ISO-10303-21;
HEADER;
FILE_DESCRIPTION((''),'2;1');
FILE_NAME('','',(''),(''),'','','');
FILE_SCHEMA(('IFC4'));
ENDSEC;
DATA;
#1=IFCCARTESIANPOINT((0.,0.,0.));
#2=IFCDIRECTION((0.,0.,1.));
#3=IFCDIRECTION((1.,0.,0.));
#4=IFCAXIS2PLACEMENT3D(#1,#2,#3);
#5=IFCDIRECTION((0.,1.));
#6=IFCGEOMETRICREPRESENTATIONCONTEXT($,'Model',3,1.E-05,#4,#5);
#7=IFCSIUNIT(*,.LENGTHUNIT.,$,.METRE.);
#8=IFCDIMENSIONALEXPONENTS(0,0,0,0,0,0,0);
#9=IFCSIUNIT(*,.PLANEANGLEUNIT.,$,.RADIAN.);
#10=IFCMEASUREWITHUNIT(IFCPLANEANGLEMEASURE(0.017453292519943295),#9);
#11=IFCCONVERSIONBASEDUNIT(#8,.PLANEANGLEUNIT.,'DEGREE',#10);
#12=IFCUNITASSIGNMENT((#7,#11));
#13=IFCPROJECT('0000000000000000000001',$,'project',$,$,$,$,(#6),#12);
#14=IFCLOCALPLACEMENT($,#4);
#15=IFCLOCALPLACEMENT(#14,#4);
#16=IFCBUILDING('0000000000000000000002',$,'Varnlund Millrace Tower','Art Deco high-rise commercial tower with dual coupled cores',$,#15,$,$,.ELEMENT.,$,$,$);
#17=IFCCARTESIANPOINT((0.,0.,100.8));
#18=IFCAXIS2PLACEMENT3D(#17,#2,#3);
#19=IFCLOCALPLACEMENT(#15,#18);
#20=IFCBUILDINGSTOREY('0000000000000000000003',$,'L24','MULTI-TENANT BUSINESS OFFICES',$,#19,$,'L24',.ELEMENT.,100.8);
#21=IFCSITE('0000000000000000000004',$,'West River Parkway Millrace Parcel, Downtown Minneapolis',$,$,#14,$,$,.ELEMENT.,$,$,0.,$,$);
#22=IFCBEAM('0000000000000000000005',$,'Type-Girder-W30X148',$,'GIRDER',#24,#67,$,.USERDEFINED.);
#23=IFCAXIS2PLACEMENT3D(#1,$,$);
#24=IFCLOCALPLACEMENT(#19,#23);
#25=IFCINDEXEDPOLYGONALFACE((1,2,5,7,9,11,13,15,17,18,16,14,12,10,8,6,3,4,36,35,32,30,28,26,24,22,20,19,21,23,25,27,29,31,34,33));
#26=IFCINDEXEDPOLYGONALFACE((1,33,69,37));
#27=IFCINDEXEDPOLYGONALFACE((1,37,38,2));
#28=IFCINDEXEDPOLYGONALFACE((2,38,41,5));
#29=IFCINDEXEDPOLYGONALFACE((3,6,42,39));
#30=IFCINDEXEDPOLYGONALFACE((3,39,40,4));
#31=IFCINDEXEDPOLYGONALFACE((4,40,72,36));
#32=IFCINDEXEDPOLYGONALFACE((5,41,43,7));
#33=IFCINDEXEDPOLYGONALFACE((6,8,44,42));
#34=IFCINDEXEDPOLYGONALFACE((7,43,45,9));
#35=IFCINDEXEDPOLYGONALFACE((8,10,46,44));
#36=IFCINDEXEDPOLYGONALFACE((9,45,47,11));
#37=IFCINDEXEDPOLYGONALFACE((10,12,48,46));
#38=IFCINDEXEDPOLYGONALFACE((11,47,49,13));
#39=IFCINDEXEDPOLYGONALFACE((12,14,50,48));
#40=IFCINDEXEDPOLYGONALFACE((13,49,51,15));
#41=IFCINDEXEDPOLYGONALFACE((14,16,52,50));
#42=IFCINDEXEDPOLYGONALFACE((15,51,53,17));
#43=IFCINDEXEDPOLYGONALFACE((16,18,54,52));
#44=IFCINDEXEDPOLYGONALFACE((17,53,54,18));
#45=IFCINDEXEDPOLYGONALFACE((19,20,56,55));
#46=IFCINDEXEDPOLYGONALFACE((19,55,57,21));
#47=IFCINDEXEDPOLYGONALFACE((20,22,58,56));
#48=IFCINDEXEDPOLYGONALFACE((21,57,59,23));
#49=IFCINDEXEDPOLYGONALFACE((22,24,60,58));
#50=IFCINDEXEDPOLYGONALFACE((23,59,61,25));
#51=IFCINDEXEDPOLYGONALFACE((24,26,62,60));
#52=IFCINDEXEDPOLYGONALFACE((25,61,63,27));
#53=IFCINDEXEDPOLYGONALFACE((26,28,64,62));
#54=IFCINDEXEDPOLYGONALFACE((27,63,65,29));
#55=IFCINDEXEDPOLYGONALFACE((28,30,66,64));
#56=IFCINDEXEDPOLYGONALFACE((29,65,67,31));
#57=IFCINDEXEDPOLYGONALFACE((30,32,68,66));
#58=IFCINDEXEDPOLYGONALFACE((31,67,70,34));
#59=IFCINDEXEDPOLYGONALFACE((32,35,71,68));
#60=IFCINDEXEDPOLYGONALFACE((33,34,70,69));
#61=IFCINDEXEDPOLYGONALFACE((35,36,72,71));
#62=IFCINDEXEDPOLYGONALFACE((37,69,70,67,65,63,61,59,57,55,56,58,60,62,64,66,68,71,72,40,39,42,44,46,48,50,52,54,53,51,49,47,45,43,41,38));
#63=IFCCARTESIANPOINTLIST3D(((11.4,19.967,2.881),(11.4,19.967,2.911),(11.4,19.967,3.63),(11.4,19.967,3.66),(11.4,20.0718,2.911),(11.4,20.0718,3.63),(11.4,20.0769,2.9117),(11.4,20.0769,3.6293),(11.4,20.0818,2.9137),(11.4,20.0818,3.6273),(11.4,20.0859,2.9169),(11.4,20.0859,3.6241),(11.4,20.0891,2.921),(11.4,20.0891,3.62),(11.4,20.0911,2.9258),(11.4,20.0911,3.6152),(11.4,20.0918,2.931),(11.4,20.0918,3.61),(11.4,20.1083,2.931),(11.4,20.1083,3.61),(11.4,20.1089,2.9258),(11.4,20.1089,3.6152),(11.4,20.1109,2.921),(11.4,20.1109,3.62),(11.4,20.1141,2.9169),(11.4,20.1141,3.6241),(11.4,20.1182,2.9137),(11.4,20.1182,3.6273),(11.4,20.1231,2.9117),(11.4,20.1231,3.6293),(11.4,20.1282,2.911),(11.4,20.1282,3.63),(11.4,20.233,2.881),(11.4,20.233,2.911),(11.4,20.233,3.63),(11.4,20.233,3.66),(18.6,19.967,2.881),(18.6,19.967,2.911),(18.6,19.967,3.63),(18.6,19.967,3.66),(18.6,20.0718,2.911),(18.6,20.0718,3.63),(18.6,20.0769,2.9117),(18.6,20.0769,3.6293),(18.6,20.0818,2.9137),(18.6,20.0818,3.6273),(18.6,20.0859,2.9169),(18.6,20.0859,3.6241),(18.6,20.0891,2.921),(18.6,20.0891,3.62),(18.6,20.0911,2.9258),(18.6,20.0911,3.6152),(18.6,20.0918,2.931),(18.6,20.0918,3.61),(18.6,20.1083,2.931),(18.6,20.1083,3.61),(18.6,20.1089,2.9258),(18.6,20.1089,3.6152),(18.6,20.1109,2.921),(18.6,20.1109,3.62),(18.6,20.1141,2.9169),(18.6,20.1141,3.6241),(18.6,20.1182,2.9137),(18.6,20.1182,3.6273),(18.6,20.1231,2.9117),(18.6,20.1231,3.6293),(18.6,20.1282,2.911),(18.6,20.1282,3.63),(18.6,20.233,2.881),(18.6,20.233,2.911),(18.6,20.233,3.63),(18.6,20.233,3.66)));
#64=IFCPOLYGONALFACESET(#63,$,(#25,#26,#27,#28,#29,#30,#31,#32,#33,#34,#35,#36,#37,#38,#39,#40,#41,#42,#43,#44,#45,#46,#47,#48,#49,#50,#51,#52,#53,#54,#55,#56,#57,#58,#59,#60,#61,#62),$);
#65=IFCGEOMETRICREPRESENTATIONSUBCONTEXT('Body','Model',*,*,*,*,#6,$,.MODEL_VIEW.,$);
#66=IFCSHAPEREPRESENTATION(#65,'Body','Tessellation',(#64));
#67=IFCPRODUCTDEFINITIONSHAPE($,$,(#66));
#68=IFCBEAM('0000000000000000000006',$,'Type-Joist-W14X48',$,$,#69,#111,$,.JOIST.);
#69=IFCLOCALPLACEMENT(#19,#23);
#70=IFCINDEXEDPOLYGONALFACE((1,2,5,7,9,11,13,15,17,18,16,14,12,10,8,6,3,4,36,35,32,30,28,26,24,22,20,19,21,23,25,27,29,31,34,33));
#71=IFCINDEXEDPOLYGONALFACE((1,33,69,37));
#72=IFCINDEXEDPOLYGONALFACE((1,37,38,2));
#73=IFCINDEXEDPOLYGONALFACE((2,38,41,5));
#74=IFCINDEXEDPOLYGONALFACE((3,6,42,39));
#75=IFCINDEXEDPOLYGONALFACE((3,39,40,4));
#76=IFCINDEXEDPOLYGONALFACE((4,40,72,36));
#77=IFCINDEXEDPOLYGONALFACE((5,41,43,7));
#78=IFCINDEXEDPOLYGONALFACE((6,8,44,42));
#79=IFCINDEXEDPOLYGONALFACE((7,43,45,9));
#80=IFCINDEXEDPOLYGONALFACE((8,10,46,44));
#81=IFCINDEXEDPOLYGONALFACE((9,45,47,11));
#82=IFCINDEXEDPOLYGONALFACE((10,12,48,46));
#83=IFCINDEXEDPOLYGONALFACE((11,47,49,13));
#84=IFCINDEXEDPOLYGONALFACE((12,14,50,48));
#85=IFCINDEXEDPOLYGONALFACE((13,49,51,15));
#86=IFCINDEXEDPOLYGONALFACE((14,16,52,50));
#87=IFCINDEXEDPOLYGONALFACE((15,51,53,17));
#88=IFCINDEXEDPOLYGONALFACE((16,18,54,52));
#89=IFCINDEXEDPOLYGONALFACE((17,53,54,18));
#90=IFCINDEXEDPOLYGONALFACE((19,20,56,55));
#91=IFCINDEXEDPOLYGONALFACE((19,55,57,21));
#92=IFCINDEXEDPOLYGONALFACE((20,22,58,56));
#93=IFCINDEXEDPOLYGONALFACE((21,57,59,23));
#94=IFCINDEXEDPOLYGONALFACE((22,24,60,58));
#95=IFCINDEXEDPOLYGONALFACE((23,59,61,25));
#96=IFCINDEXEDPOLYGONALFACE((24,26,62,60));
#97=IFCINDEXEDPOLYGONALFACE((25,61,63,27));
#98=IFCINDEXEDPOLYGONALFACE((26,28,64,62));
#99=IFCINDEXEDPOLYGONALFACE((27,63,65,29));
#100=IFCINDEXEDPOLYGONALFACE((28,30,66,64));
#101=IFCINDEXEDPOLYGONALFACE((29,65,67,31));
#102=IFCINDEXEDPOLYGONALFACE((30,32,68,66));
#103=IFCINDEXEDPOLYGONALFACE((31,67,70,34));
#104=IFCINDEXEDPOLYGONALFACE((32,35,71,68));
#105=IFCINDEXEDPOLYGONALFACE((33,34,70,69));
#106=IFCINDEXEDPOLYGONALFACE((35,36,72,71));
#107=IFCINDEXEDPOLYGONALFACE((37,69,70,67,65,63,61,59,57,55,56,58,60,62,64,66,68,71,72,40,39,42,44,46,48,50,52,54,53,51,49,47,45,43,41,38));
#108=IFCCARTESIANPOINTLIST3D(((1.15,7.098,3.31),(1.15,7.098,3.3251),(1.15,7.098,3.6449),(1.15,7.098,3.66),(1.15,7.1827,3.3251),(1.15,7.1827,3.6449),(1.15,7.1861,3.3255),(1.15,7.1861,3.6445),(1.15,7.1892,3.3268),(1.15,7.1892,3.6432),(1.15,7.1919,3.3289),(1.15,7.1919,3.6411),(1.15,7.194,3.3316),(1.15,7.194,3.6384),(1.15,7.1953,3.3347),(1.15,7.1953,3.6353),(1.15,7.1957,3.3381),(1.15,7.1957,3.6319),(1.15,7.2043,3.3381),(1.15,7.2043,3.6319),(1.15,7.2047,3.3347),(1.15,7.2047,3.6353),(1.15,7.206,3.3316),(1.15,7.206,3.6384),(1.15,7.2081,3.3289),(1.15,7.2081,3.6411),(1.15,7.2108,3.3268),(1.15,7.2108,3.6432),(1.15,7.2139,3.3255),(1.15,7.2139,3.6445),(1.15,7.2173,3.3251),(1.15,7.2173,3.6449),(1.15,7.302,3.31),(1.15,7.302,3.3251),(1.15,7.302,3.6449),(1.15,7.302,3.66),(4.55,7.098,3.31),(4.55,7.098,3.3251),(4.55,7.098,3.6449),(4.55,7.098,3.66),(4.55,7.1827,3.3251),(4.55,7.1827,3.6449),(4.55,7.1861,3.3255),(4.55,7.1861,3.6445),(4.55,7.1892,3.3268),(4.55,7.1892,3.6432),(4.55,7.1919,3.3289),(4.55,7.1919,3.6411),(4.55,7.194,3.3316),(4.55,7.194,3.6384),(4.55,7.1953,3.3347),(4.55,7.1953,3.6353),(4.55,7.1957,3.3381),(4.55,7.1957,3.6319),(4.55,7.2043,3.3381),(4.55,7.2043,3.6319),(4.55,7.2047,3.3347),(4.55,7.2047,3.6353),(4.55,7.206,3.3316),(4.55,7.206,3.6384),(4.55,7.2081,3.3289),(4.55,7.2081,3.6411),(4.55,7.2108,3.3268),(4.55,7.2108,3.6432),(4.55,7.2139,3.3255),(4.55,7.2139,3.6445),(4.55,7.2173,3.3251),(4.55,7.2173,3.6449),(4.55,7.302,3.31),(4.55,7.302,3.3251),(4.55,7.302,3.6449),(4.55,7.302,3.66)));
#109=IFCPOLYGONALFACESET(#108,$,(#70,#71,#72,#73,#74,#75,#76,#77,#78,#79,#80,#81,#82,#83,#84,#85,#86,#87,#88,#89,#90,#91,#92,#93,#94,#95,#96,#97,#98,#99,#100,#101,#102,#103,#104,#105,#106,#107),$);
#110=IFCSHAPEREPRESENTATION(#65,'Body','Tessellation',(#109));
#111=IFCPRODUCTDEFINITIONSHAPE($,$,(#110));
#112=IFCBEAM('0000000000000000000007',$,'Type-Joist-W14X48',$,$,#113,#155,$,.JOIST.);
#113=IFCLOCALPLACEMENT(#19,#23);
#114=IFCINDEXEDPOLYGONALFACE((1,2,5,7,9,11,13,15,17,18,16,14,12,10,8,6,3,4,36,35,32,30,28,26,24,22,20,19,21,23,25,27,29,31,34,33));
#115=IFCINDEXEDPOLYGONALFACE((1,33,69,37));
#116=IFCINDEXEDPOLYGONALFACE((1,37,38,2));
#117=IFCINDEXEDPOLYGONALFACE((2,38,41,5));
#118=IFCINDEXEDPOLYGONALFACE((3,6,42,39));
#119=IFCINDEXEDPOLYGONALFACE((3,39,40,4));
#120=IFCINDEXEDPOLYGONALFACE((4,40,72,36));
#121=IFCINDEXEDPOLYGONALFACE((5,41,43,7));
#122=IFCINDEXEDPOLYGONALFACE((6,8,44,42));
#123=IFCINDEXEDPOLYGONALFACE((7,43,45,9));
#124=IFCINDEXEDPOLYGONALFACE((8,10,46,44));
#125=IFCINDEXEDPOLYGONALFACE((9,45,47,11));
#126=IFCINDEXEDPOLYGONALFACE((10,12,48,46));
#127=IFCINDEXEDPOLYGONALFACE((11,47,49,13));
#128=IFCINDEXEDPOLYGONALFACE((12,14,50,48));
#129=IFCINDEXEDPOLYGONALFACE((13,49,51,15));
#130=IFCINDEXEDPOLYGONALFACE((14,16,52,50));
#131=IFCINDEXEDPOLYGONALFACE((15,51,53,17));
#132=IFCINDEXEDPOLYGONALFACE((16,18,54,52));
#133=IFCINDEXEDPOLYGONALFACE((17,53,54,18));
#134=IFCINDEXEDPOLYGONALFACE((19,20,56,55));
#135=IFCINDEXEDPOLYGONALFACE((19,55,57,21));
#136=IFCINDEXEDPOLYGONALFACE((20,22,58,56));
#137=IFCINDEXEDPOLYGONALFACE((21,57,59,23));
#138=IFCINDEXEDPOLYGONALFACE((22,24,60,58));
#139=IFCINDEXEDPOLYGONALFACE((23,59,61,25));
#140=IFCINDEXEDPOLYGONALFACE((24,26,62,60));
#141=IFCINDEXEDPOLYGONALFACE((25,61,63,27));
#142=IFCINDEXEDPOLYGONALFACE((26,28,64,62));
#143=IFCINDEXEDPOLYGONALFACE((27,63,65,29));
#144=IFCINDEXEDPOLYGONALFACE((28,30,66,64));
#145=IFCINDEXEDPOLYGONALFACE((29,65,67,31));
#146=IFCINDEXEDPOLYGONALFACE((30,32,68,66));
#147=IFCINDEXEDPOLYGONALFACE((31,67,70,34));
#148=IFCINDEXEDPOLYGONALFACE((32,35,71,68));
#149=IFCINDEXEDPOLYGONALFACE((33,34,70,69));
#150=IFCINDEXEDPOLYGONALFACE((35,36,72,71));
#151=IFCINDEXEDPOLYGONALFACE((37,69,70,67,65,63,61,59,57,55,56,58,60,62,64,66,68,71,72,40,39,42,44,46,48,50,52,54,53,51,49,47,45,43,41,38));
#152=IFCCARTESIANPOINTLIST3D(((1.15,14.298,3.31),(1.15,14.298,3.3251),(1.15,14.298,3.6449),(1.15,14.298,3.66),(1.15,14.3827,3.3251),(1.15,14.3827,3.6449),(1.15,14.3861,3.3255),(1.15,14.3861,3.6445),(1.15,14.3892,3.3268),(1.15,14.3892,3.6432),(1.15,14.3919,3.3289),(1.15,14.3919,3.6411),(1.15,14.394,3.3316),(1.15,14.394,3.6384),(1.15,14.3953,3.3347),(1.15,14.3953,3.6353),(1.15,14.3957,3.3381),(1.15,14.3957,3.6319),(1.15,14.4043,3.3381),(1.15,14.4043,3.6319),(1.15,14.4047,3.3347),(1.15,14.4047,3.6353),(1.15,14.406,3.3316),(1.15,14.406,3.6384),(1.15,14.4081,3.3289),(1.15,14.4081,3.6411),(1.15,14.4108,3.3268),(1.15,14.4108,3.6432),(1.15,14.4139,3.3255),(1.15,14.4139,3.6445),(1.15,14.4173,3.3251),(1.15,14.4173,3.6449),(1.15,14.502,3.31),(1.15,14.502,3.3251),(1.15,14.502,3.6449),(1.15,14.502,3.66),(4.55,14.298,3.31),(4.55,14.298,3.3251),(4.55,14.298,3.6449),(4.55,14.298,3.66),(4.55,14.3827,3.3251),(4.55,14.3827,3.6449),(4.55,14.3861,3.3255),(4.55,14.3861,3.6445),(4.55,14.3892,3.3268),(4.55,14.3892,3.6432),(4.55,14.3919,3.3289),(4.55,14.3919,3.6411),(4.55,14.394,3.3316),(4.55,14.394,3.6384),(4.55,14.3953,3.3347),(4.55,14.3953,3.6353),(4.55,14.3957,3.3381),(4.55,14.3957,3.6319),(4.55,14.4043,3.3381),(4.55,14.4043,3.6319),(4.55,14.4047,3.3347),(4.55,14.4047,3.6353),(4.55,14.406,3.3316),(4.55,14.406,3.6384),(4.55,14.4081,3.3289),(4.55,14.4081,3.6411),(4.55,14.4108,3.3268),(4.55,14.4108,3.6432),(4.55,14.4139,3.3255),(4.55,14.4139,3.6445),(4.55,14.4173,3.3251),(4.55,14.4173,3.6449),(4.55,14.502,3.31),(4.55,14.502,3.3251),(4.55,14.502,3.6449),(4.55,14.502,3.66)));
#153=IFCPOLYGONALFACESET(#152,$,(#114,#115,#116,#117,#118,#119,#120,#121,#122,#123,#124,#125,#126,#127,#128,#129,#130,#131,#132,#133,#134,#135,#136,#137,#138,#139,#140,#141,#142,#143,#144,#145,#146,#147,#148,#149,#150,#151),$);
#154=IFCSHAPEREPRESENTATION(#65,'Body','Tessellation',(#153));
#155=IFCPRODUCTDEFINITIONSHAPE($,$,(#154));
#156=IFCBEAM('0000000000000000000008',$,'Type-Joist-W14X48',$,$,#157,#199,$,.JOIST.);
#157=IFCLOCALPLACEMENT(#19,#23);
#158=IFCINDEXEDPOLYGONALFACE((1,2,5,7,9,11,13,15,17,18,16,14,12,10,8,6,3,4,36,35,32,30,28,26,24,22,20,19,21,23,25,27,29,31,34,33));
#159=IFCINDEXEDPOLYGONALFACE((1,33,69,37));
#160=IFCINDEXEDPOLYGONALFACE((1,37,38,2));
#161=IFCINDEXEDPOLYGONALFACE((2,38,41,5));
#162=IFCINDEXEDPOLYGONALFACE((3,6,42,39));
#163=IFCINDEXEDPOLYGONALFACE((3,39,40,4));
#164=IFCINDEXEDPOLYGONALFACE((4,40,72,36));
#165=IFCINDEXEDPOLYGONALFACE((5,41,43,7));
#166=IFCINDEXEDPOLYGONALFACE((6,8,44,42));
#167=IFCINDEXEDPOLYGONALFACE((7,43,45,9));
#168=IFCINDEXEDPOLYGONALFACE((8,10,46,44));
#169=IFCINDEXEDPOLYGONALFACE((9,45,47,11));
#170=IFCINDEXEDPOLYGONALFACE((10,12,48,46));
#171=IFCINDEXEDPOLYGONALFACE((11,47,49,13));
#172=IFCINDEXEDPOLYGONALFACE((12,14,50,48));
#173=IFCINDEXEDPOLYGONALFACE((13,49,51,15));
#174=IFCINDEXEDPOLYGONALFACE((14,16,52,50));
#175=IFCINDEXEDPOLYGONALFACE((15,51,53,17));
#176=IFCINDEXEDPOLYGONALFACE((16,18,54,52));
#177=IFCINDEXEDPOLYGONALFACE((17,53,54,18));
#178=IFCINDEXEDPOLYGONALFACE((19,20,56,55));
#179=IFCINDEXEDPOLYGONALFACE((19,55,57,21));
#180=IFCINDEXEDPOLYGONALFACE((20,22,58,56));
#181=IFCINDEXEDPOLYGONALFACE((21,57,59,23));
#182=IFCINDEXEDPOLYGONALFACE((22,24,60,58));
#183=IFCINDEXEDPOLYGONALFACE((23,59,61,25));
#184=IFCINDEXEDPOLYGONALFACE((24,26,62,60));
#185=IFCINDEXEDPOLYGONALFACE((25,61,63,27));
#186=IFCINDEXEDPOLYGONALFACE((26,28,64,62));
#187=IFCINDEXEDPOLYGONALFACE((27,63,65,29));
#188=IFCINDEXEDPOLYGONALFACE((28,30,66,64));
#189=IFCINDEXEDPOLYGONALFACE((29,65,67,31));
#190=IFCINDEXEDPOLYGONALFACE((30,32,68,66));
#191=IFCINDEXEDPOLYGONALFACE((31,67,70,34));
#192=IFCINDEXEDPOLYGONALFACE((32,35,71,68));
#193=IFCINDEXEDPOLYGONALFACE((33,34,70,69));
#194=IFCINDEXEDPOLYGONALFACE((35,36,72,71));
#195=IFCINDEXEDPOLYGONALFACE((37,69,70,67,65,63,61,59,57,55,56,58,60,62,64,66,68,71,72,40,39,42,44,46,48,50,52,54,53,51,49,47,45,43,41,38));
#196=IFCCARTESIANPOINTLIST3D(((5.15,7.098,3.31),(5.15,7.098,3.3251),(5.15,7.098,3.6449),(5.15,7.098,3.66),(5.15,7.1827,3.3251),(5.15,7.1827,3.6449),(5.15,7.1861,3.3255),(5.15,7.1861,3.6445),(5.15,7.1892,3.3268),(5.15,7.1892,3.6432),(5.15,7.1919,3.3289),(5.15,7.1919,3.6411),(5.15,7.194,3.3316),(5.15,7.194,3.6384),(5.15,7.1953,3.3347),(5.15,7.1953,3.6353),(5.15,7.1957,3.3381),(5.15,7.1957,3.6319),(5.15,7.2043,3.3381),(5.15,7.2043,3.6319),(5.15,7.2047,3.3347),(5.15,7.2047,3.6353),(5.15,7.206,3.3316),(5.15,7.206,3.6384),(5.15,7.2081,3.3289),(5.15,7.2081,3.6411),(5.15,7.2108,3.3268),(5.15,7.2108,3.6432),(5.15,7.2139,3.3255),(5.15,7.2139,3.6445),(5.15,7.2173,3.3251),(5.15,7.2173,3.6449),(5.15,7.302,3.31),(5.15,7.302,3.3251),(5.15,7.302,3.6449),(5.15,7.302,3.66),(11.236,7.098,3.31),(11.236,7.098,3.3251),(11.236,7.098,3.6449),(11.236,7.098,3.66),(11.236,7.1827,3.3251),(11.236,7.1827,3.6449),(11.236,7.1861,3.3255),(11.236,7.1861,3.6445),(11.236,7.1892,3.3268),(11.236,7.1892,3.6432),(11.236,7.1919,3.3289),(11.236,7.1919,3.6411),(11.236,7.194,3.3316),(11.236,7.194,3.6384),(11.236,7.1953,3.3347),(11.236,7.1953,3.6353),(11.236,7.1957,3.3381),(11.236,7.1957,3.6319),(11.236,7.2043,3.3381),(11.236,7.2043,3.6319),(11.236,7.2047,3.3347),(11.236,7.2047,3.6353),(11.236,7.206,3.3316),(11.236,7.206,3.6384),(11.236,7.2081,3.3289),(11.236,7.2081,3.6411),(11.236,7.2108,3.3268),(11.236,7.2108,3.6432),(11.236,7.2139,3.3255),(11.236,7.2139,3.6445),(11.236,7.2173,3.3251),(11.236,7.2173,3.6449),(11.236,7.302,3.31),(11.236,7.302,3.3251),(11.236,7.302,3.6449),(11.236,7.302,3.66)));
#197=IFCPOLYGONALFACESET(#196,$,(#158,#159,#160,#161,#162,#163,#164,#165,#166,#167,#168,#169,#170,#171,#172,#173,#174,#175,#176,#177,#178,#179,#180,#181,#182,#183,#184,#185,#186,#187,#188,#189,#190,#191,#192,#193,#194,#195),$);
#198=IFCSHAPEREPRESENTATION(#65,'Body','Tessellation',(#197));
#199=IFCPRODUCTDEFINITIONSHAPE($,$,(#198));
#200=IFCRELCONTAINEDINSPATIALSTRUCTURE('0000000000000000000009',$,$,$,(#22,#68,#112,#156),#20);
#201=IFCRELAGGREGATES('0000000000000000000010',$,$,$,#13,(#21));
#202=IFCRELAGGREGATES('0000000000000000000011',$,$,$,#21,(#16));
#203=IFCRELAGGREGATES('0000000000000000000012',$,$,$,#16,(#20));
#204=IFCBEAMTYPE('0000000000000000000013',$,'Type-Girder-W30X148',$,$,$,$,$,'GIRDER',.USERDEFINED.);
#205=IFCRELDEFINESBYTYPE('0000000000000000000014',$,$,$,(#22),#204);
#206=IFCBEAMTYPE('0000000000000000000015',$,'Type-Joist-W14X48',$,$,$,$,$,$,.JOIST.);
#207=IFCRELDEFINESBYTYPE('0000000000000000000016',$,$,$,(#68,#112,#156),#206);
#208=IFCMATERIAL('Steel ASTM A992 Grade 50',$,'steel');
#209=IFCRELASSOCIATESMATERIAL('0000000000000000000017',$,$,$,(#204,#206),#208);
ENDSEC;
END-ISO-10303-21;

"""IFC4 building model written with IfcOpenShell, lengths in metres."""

from ifc_helpers import new_model, entity, si_unit, converted_unit, direction, frame, origin_with_axes, origin_2d_with_axis, place, context, subcontext, project, spatial, i_section, extrude, material, material_profile, profile_set, type_object, element, save


model = new_model("IFC4")

# Units and contexts
model_context = context("Model", 3, precision=1e-05, world=origin_with_axes(), true_north=direction((0.0, 1.0)))
body_context = subcontext(model_context, "Body", "Model", "MODEL_VIEW")
ifc_project = project(units=[si_unit("LENGTHUNIT", "METRE"), converted_unit("PLANEANGLEUNIT", "DEGREE", entity("IfcPlaneAngleMeasure", 0.017453292519943295), si_unit("PLANEANGLEUNIT", "RADIAN"), dimensions=[0, 0, 0, 0, 0, 0, 0])], contexts=[model_context])

# Site, building, storey
site_placement = place(None, origin_with_axes())
site = spatial("IfcSite", under=ifc_project, at=site_placement, Name="West River Parkway Millrace Parcel, Downtown Minneapolis", CompositionType="ELEMENT", RefElevation=0.0)
building_placement = place(site_placement, origin_with_axes())
building = spatial("IfcBuilding", under=site, at=building_placement, Name="Varnlund Millrace Tower", Description="Art Deco high-rise commercial tower with dual coupled cores", CompositionType="ELEMENT")
storey_placement = place(building_placement, frame((0.0, 0.0, 100.8), z_axis=(0.0, 0.0, 1.0), x_axis=(1.0, 0.0, 0.0)))
storey = spatial("IfcBuildingStorey", under=building, at=storey_placement, Name="L24", Description="MULTI-TENANT BUSINESS OFFICES", LongName="L24", CompositionType="ELEMENT", Elevation=100.8)

# Beams
ifc_material_1 = material(Name="Steel ASTM A992 Grade 50", Category="steel")
ifc_material_profile_1 = material_profile(ifc_material_1, i_section(OverallWidth=0.266, OverallDepth=0.779, WebThickness=0.0165, FlangeThickness=0.03, FilletRadius=0.02, at=origin_2d_with_axis()), Name="Steel ASTM A992 Grade 50")
ifc_profile_set_1 = profile_set([ifc_material_profile_1], Name="Steel ASTM A992 Grade 50")
beam_type_1 = type_object("IfcBeamType", Name="Type-Girder-W30X148", ElementType="GIRDER", PredefinedType="USERDEFINED", material=ifc_profile_set_1)
beam_1_placement = place(storey_placement, frame((11.4, 20.1, 3.2705), z_axis=(1.0, 0.0, 0.0), x_axis=(0.0, 1.0, 0.0)))
element("IfcBeam", 1, at=beam_1_placement, inside=storey, type_object=beam_type_1, Name="Type-Girder-W30X148", ObjectType="GIRDER", PredefinedType="USERDEFINED", context=body_context, shape_type="SweptSolid", body=[
    extrude(i_section(OverallWidth=0.266, OverallDepth=0.779, WebThickness=0.0165, FlangeThickness=0.03, FilletRadius=0.02, at=origin_2d_with_axis()), origin_with_axes(), (0.0, 0.0, 1.0), 7.2),
])
ifc_material_profile_2 = material_profile(ifc_material_1, i_section(OverallWidth=0.204, OverallDepth=0.35, WebThickness=0.0086, FlangeThickness=0.0151, FilletRadius=0.013, at=origin_2d_with_axis()), Name="Steel ASTM A992 Grade 50")
ifc_profile_set_2 = profile_set([ifc_material_profile_2], Name="Steel ASTM A992 Grade 50")
beam_type_2 = type_object("IfcBeamType", Name="Type-Joist-W14X48", PredefinedType="JOIST", material=ifc_profile_set_2)
for number, where, z_axis, x_axis, name in (
    (2, (1.15, 7.2, 3.485), (1.0, 0.0, 0.0), (0.0, 1.0, 0.0), "Type-Joist-W14X48"),
    (3, (1.15, 14.4, 3.485), (1.0, 0.0, 0.0), (0.0, 1.0, 0.0), "Type-Joist-W14X48"),
):
    element("IfcBeam", number, at=place(storey_placement, frame(where, z_axis=z_axis, x_axis=x_axis)), inside=storey, type_object=beam_type_2, Name=name, PredefinedType="JOIST", context=body_context, shape_type="SweptSolid", body=[
        extrude(i_section(OverallWidth=0.204, OverallDepth=0.35, WebThickness=0.0086, FlangeThickness=0.0151, FilletRadius=0.013, at=origin_2d_with_axis()), origin_with_axes(), (0.0, 0.0, 1.0), 3.4),
    ])
for number, where, z_axis, x_axis, name in (
    (4, (5.15, 7.2, 3.485), (1.0, 0.0, 0.0), (0.0, 1.0, 0.0), "Type-Joist-W14X48"),
):
    element("IfcBeam", number, at=place(storey_placement, frame(where, z_axis=z_axis, x_axis=x_axis)), inside=storey, type_object=beam_type_2, Name=name, PredefinedType="JOIST", context=body_context, shape_type="SweptSolid", body=[
        extrude(i_section(OverallWidth=0.204, OverallDepth=0.35, WebThickness=0.0086, FlangeThickness=0.0151, FilletRadius=0.013, at=origin_2d_with_axis()), origin_with_axes(), (0.0, 0.0, 1.0), 6.086),
    ])

save(model, "model.ifc")
